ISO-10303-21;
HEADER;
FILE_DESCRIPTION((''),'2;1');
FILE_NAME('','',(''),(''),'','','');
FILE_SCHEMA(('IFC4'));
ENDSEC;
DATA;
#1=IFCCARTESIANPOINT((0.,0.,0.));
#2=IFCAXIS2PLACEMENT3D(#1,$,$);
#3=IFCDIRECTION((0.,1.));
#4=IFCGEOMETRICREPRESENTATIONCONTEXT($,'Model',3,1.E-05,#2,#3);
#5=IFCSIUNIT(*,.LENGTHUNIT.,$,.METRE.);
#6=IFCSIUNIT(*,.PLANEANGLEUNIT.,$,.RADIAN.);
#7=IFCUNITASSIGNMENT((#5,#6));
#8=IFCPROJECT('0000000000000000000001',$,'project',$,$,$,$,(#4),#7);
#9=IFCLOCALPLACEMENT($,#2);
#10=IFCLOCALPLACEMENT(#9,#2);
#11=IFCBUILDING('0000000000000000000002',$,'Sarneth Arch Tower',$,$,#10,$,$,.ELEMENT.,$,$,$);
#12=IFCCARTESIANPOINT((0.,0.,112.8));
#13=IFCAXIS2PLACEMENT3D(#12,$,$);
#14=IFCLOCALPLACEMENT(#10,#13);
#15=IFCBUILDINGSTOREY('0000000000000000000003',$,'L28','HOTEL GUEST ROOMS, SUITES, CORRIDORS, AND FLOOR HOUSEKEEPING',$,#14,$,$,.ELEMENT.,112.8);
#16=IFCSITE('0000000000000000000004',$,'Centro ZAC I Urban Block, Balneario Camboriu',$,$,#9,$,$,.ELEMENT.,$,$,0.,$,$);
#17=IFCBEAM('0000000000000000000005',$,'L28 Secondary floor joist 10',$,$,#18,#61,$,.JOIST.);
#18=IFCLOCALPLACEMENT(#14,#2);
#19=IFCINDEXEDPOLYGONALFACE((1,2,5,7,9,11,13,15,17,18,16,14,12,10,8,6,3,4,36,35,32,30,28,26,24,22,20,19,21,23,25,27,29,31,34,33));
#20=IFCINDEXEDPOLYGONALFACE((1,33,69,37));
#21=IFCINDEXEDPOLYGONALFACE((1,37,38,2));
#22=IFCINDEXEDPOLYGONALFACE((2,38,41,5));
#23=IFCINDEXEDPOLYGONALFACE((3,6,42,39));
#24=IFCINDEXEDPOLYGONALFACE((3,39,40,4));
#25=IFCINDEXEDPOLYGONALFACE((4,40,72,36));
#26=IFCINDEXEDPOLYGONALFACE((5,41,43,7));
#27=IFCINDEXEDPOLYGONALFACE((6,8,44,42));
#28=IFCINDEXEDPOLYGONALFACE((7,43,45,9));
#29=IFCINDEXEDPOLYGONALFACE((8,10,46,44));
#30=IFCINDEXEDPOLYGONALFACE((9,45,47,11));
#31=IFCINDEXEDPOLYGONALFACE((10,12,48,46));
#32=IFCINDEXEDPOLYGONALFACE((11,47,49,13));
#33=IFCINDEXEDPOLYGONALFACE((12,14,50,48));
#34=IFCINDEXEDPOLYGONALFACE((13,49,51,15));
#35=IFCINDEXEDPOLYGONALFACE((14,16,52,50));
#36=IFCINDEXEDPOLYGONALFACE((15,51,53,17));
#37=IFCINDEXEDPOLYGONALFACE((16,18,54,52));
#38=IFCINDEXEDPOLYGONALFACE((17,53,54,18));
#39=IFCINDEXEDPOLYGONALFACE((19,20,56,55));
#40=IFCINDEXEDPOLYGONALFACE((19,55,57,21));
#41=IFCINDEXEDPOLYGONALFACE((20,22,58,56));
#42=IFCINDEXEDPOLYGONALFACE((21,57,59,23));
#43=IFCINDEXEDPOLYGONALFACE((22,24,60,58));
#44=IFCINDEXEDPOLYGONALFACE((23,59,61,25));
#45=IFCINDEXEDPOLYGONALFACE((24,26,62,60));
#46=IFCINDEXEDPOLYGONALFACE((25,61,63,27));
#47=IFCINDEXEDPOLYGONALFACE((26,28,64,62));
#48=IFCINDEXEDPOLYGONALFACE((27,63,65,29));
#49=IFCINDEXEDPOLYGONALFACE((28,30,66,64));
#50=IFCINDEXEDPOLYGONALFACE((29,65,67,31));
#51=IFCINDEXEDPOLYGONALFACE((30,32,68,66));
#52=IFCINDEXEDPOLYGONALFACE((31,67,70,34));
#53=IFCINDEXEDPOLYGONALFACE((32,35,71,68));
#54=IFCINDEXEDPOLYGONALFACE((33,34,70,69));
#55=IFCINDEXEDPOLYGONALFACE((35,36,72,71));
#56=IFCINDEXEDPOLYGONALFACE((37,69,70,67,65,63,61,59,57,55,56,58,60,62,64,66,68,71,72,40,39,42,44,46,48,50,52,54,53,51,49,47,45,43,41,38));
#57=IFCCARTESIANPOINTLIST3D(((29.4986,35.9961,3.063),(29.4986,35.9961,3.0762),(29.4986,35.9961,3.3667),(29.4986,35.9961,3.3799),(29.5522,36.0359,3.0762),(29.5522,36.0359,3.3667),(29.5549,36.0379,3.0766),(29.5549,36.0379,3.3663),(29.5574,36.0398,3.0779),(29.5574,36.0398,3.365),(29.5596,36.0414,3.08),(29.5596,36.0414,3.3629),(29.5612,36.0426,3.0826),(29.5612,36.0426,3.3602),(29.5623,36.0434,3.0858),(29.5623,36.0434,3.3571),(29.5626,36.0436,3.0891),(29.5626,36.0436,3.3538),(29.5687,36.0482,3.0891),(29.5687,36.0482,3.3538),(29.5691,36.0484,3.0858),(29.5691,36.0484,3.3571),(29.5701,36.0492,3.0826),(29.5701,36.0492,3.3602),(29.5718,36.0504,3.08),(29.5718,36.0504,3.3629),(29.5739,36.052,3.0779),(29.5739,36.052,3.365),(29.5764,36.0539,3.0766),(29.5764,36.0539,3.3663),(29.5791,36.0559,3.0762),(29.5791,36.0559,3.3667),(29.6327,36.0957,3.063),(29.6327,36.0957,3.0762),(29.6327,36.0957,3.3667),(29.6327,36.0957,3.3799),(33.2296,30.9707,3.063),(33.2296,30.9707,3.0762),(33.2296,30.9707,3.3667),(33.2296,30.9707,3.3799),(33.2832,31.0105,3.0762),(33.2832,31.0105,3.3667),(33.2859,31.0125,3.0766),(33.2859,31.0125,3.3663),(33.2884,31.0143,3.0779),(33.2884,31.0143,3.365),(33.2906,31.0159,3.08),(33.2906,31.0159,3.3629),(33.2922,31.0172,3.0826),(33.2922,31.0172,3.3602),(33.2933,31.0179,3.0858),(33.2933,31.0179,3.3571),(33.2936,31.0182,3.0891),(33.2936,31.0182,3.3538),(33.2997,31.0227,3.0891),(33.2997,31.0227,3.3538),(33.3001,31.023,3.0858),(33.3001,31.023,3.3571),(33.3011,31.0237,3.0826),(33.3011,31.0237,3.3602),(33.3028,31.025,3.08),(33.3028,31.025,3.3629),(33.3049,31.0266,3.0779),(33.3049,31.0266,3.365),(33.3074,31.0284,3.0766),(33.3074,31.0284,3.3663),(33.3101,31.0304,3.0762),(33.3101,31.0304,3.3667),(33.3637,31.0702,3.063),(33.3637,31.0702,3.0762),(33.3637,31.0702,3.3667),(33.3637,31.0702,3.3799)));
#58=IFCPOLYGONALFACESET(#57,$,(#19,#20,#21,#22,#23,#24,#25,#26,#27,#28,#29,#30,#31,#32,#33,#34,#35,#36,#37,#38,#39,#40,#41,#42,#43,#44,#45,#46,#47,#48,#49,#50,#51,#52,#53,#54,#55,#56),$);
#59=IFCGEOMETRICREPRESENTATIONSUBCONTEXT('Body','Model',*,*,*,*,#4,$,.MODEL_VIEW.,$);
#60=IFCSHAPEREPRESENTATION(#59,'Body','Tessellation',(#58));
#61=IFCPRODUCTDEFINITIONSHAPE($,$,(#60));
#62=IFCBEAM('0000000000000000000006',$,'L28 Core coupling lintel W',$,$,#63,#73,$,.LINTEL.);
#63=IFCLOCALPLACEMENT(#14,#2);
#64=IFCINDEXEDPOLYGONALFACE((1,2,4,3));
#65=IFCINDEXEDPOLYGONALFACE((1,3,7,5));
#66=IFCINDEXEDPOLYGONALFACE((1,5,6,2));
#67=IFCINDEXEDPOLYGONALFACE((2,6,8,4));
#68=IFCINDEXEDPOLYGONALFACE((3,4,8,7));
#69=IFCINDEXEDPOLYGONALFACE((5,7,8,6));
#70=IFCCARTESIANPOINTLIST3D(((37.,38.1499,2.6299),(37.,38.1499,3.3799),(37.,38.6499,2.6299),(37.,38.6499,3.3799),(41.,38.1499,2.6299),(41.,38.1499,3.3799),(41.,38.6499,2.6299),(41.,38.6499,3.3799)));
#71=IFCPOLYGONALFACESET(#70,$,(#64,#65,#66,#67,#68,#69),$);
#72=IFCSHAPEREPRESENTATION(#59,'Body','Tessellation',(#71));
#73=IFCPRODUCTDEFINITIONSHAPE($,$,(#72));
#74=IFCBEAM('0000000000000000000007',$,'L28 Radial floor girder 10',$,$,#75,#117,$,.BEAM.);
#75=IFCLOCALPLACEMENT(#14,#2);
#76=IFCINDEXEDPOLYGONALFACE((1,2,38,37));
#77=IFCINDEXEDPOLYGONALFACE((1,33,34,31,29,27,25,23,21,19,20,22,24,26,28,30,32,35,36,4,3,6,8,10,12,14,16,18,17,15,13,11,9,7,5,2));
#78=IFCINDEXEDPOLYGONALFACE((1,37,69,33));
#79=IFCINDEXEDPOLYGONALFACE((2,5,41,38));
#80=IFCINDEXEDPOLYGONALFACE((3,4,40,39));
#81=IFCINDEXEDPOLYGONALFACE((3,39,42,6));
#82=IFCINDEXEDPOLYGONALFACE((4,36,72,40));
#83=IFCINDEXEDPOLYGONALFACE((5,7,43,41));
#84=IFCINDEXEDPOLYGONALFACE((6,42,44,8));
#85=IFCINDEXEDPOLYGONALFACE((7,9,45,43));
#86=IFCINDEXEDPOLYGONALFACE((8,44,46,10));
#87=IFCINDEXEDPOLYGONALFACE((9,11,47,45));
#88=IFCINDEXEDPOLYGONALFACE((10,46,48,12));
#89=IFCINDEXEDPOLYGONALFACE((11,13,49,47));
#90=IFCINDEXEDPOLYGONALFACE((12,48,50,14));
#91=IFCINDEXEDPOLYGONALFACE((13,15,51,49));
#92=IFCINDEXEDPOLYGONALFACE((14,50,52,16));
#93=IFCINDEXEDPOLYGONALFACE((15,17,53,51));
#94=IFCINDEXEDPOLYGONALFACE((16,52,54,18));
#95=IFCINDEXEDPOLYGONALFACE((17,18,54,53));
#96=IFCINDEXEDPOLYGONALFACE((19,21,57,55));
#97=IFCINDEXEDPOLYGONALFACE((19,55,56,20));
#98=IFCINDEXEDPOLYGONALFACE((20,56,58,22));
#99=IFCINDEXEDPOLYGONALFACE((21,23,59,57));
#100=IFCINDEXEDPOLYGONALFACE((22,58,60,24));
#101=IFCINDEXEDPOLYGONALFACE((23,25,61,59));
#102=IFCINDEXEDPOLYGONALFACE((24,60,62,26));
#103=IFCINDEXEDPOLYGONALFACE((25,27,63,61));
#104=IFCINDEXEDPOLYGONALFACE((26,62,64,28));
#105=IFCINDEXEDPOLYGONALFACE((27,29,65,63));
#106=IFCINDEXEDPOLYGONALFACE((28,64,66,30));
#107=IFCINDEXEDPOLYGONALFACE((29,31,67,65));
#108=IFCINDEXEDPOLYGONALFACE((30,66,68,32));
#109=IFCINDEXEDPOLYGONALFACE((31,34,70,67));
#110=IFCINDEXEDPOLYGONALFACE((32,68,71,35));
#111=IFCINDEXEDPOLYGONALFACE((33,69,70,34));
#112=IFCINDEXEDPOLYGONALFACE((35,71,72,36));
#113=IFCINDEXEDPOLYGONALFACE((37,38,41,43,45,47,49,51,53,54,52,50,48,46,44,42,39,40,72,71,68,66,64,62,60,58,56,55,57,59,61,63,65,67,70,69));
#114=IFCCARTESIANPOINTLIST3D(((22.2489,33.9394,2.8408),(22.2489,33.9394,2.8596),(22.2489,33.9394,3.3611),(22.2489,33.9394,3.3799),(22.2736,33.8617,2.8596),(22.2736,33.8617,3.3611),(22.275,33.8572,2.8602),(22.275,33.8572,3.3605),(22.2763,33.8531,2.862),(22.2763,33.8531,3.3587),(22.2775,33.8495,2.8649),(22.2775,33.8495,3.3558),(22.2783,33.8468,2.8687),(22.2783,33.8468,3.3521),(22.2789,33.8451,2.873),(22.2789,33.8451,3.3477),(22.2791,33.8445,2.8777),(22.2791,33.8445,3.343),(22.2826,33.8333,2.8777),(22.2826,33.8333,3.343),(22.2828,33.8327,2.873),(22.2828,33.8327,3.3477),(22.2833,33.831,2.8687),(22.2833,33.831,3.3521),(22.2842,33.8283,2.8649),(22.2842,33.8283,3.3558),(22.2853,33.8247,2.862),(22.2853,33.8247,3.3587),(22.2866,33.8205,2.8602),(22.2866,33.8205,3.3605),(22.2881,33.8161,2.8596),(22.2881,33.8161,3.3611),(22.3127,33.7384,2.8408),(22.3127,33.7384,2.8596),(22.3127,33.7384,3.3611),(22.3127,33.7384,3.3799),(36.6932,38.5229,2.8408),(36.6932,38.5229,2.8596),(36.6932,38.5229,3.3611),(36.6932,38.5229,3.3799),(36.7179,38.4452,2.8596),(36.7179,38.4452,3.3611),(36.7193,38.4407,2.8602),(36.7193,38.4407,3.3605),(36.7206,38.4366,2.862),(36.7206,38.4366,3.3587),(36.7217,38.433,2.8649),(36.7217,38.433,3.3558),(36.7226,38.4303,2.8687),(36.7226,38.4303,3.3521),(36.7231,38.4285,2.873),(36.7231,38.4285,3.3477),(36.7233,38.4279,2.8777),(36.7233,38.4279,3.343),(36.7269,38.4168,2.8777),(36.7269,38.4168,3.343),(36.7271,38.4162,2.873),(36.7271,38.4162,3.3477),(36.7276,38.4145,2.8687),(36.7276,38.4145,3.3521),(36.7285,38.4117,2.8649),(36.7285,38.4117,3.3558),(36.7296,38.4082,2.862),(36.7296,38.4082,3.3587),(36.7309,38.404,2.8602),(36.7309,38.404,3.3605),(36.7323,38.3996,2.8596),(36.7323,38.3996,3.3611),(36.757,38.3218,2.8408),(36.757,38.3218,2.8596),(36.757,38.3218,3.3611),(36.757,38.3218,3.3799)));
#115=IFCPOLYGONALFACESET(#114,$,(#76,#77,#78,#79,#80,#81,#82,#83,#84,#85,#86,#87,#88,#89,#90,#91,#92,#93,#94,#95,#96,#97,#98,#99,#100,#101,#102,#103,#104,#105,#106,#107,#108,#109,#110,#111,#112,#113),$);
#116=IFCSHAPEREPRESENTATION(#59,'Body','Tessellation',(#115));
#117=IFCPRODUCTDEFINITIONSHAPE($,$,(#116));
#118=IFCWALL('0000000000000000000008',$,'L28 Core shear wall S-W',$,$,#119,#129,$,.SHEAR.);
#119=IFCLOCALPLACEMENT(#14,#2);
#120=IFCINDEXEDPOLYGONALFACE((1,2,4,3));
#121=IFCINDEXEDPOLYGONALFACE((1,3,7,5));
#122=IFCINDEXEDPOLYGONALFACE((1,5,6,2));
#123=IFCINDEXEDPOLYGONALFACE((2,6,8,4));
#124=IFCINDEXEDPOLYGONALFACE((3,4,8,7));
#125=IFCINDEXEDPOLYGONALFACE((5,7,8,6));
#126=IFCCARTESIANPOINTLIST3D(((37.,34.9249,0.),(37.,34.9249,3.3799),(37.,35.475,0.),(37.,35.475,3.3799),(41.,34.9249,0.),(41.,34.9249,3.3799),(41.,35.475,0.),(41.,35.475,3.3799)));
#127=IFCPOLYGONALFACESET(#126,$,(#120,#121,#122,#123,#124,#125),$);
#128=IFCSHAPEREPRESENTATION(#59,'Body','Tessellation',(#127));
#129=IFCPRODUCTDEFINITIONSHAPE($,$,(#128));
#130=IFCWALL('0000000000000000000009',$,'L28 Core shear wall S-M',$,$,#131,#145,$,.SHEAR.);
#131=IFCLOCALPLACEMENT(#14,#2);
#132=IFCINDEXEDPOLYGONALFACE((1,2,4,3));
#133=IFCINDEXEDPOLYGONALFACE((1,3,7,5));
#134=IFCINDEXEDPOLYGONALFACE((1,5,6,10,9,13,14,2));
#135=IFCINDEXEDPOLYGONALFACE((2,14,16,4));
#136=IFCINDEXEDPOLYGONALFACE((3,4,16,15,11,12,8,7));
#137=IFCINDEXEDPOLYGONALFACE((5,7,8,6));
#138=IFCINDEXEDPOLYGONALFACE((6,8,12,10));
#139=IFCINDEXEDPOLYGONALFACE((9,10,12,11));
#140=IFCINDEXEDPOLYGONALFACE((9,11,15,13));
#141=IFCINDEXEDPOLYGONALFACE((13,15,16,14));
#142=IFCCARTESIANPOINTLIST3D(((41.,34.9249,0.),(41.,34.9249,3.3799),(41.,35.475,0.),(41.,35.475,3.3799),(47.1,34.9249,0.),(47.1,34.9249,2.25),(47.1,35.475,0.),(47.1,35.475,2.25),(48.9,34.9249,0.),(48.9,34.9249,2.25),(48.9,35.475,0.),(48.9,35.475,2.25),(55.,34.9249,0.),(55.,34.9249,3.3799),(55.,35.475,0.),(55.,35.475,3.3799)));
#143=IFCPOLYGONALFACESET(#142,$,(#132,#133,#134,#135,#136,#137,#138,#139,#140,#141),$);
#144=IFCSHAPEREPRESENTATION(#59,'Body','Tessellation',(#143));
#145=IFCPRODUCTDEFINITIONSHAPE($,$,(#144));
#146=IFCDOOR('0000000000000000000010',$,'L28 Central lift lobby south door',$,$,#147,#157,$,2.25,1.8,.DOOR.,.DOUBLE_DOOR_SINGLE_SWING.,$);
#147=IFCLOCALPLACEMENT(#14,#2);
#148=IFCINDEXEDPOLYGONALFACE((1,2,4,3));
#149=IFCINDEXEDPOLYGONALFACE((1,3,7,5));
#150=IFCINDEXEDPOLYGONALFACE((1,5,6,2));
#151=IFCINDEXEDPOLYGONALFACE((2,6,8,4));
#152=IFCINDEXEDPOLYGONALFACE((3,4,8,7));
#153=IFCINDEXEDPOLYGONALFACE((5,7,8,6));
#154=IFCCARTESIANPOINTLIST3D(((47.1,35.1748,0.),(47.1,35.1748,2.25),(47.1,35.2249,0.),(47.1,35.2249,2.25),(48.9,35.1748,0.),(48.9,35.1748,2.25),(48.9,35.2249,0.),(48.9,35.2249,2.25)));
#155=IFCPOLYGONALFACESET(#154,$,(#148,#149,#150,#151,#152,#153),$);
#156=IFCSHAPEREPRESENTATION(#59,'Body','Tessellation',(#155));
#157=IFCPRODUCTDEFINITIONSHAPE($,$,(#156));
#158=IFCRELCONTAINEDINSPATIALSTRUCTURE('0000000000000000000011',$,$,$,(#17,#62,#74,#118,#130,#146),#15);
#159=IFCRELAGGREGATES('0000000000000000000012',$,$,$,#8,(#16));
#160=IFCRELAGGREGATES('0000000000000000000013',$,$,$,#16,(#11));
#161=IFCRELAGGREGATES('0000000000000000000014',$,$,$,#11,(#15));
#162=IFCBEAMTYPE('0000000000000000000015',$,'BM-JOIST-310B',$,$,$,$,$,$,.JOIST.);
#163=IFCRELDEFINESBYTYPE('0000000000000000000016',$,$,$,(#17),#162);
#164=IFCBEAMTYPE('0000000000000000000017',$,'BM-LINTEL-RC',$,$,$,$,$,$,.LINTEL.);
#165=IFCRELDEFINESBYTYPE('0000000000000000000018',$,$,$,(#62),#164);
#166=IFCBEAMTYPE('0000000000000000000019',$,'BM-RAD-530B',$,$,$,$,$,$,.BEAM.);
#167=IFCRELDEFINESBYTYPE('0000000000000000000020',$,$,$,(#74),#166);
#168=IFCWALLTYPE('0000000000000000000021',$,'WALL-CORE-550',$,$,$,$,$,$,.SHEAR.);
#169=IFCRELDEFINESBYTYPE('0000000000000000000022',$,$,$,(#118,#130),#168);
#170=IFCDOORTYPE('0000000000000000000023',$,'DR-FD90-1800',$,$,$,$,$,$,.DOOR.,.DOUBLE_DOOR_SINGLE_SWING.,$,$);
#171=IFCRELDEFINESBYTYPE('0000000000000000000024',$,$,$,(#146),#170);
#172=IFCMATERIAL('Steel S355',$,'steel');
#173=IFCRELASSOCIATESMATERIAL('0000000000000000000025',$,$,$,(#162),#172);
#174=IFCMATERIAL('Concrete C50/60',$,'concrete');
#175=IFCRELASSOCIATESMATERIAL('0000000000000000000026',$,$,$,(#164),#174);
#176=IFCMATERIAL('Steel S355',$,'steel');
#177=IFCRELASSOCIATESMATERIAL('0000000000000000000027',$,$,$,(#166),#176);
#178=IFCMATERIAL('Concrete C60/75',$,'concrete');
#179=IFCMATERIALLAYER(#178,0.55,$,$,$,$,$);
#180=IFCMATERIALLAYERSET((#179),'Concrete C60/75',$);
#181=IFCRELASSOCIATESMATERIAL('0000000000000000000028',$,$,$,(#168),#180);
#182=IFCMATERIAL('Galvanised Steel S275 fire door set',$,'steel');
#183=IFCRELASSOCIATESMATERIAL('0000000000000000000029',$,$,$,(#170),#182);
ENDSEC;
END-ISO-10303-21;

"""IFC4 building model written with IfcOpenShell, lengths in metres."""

from ifc_helpers import new_model, si_unit, direction, frame, frame_2d, origin, origin_2d, place, context, subcontext, project, spatial, rectangle, i_section, extrude, material, layer, layer_set, material_profile, profile_set, type_object, element, fill, save


model = new_model("IFC4")

# Units and contexts
model_context = context("Model", 3, precision=1e-05, world=origin(), true_north=direction((0.0, 1.0)))
body_context = subcontext(model_context, "Body", "Model", "MODEL_VIEW")
ifc_project = project(units=[si_unit("LENGTHUNIT", "METRE"), si_unit("PLANEANGLEUNIT", "RADIAN")], contexts=[model_context])

# Site, building, storey
site_placement = place(None, origin())
site = spatial("IfcSite", under=ifc_project, at=site_placement, Name="Centro ZAC I Urban Block, Balneario Camboriu", CompositionType="ELEMENT", RefElevation=0.0)
building_placement = place(site_placement, origin())
building = spatial("IfcBuilding", under=site, at=building_placement, Name="Sarneth Arch Tower", CompositionType="ELEMENT")
storey_placement = place(building_placement, frame((0.0, 0.0, 112.8)))
storey = spatial("IfcBuildingStorey", under=building, at=storey_placement, Name="L28", Description="HOTEL GUEST ROOMS, SUITES, CORRIDORS, AND FLOOR HOUSEKEEPING", CompositionType="ELEMENT", Elevation=112.8)

# Beams
ifc_material_1 = material(Name="Steel S355", Category="steel")
ifc_material_profile_1 = material_profile(ifc_material_1, i_section(OverallWidth=0.167, OverallDepth=0.3169, WebThickness=0.0076, FlangeThickness=0.0132, FilletRadius=0.0129, at=origin_2d()), Name="W310x52")
ifc_profile_set_1 = profile_set([ifc_material_profile_1], Name="Steel S355")
beam_type_1 = type_object("IfcBeamType", Name="BM-JOIST-310B", PredefinedType="JOIST", material=ifc_profile_set_1)
beam_1_placement = place(storey_placement, frame((29.5657, 36.0459, 3.2214), z_axis=(0.596098, -0.802911, 0.0), x_axis=(0.802911, 0.596098, 0.0)))
element("IfcBeam", 1, at=beam_1_placement, inside=storey, type_object=beam_type_1, Name="L28 Secondary floor joist 10", PredefinedType="JOIST", context=body_context, shape_type="SweptSolid", body=[
    extrude(i_section(OverallWidth=0.167, OverallDepth=0.3169, WebThickness=0.0076, FlangeThickness=0.0132, FilletRadius=0.0129, at=origin_2d()), origin(), (0.0, 0.0, 1.0), 6.259),
])
ifc_material_2 = material(Name="Concrete C50/60", Category="concrete")
ifc_material_profile_2 = material_profile(ifc_material_2, rectangle(XDim=0.5, YDim=0.75, at=origin_2d()), Name="RC-500x750")
ifc_profile_set_2 = profile_set([ifc_material_profile_2], Name="Concrete C50/60")
beam_type_2 = type_object("IfcBeamType", Name="BM-LINTEL-RC", PredefinedType="LINTEL", material=ifc_profile_set_2)
beam_2_placement = place(storey_placement, frame((37.0, 38.3999, 3.0049), z_axis=(1.0, 0.0, 0.0), x_axis=(0.0, 1.0, 0.0)))
element("IfcBeam", 2, at=beam_2_placement, inside=storey, type_object=beam_type_2, Name="L28 Core coupling lintel W", PredefinedType="LINTEL", context=body_context, shape_type="SweptSolid", body=[
    extrude(rectangle(XDim=0.5, YDim=0.75, at=origin_2d()), origin(), (0.0, 0.0, 1.0), 4.0),
])
ifc_material_3 = material(Name="Steel S355", Category="steel")
ifc_material_profile_3 = material_profile(ifc_material_3, i_section(OverallWidth=0.2109, OverallDepth=0.5391, WebThickness=0.0117, FlangeThickness=0.0188, FilletRadius=0.0181, at=origin_2d()), Name="W530x109")
ifc_profile_set_3 = profile_set([ifc_material_profile_3], Name="Steel S355")
beam_type_3 = type_object("IfcBeamType", Name="BM-RAD-530B", PredefinedType="BEAM", material=ifc_profile_set_3)
beam_3_placement = place(storey_placement, frame((36.7251, 38.4224, 3.1104), z_axis=(-0.953162, -0.302459, 0.0), x_axis=(0.302459, -0.953162, 0.0)))
element("IfcBeam", 3, at=beam_3_placement, inside=storey, type_object=beam_type_3, Name="L28 Radial floor girder 10", PredefinedType="BEAM", context=body_context, shape_type="SweptSolid", body=[
    extrude(i_section(OverallWidth=0.2109, OverallDepth=0.5391, WebThickness=0.0117, FlangeThickness=0.0188, FilletRadius=0.0181, at=origin_2d()), origin(), (0.0, 0.0, 1.0), 15.1541),
])

# Wall
ifc_material_4 = material(Name="Concrete C60/75", Category="concrete")
ifc_layer_1 = layer(ifc_material_4, 0.55)
ifc_layer_set_1 = layer_set([ifc_layer_1], Name="Concrete C60/75")
wall_type_1 = type_object("IfcWallType", Name="WALL-CORE-550", PredefinedType="SHEAR", material=ifc_layer_set_1)
wall_1_placement = place(storey_placement, frame((37.0, 35.2, 0.0), z_axis=(0.0, 0.0, 1.0), x_axis=(1.0, 0.0, 0.0)))
element("IfcWall", 4, at=wall_1_placement, inside=storey, type_object=wall_type_1, Name="L28 Core shear wall S-W", PredefinedType="SHEAR", context=body_context, shape_type="SweptSolid", body=[
    extrude(rectangle(XDim=4.0, YDim=0.55, at=frame_2d((2.0, 0.0))), origin(), (0.0, 0.0, 1.0), 3.3799),
])

# Wall, opening, door
wall_2_placement = place(storey_placement, frame((41.0, 35.2, 0.0), z_axis=(0.0, 0.0, 1.0), x_axis=(1.0, 0.0, 0.0)))
wall_2 = element("IfcWall", 5, at=wall_2_placement, inside=storey, type_object=wall_type_1, Name="L28 Core shear wall S-M", PredefinedType="SHEAR", context=body_context, shape_type="SweptSolid", body=[
    extrude(rectangle(XDim=14.0, YDim=0.55, at=frame_2d((7.0, 0.0))), origin(), (0.0, 0.0, 1.0), 3.3799),
])
opening_1_placement = place(wall_2_placement, frame((6.1001, 0.0, 0.0)))
opening_1 = element("IfcOpeningElement", 6, at=opening_1_placement, cuts=wall_2, PredefinedType="OPENING", context=body_context, shape_type="SweptSolid", body=[
    extrude(rectangle(XDim=1.8, YDim=2.25, at=frame_2d((0.8999, 1.125))), frame((0.0, 0.2849, 0.0), z_axis=(0.0, -1.0, 0.0), x_axis=(1.0, 0.0, 0.0)), (0.0, 0.0, 1.0), 0.5701),
])
ifc_material_5 = material(Name="Galvanised Steel S275 fire door set", Category="steel")
door_type_1 = type_object("IfcDoorType", Name="DR-FD90-1800", OperationType="DOUBLE_DOOR_SINGLE_SWING", PredefinedType="DOOR", material=ifc_material_5)
door_1_placement = place(opening_1_placement, origin())
door_1 = element("IfcDoor", 7, at=door_1_placement, inside=storey, type_object=door_type_1, Name="L28 Central lift lobby south door", OperationType="DOUBLE_DOOR_SINGLE_SWING", OverallHeight=2.25, OverallWidth=1.8, PredefinedType="DOOR", context=body_context, shape_type="SweptSolid", body=[
    extrude(rectangle(XDim=1.8, YDim=2.25, at=frame_2d((0.8999, 1.125))), frame((0.0, 0.0249, 0.0), z_axis=(0.0, -1.0, 0.0), x_axis=(1.0, 0.0, 0.0)), (0.0, 0.0, 1.0), 0.05),
])
fill(opening_1, door_1)

save(model, "model.ifc")
